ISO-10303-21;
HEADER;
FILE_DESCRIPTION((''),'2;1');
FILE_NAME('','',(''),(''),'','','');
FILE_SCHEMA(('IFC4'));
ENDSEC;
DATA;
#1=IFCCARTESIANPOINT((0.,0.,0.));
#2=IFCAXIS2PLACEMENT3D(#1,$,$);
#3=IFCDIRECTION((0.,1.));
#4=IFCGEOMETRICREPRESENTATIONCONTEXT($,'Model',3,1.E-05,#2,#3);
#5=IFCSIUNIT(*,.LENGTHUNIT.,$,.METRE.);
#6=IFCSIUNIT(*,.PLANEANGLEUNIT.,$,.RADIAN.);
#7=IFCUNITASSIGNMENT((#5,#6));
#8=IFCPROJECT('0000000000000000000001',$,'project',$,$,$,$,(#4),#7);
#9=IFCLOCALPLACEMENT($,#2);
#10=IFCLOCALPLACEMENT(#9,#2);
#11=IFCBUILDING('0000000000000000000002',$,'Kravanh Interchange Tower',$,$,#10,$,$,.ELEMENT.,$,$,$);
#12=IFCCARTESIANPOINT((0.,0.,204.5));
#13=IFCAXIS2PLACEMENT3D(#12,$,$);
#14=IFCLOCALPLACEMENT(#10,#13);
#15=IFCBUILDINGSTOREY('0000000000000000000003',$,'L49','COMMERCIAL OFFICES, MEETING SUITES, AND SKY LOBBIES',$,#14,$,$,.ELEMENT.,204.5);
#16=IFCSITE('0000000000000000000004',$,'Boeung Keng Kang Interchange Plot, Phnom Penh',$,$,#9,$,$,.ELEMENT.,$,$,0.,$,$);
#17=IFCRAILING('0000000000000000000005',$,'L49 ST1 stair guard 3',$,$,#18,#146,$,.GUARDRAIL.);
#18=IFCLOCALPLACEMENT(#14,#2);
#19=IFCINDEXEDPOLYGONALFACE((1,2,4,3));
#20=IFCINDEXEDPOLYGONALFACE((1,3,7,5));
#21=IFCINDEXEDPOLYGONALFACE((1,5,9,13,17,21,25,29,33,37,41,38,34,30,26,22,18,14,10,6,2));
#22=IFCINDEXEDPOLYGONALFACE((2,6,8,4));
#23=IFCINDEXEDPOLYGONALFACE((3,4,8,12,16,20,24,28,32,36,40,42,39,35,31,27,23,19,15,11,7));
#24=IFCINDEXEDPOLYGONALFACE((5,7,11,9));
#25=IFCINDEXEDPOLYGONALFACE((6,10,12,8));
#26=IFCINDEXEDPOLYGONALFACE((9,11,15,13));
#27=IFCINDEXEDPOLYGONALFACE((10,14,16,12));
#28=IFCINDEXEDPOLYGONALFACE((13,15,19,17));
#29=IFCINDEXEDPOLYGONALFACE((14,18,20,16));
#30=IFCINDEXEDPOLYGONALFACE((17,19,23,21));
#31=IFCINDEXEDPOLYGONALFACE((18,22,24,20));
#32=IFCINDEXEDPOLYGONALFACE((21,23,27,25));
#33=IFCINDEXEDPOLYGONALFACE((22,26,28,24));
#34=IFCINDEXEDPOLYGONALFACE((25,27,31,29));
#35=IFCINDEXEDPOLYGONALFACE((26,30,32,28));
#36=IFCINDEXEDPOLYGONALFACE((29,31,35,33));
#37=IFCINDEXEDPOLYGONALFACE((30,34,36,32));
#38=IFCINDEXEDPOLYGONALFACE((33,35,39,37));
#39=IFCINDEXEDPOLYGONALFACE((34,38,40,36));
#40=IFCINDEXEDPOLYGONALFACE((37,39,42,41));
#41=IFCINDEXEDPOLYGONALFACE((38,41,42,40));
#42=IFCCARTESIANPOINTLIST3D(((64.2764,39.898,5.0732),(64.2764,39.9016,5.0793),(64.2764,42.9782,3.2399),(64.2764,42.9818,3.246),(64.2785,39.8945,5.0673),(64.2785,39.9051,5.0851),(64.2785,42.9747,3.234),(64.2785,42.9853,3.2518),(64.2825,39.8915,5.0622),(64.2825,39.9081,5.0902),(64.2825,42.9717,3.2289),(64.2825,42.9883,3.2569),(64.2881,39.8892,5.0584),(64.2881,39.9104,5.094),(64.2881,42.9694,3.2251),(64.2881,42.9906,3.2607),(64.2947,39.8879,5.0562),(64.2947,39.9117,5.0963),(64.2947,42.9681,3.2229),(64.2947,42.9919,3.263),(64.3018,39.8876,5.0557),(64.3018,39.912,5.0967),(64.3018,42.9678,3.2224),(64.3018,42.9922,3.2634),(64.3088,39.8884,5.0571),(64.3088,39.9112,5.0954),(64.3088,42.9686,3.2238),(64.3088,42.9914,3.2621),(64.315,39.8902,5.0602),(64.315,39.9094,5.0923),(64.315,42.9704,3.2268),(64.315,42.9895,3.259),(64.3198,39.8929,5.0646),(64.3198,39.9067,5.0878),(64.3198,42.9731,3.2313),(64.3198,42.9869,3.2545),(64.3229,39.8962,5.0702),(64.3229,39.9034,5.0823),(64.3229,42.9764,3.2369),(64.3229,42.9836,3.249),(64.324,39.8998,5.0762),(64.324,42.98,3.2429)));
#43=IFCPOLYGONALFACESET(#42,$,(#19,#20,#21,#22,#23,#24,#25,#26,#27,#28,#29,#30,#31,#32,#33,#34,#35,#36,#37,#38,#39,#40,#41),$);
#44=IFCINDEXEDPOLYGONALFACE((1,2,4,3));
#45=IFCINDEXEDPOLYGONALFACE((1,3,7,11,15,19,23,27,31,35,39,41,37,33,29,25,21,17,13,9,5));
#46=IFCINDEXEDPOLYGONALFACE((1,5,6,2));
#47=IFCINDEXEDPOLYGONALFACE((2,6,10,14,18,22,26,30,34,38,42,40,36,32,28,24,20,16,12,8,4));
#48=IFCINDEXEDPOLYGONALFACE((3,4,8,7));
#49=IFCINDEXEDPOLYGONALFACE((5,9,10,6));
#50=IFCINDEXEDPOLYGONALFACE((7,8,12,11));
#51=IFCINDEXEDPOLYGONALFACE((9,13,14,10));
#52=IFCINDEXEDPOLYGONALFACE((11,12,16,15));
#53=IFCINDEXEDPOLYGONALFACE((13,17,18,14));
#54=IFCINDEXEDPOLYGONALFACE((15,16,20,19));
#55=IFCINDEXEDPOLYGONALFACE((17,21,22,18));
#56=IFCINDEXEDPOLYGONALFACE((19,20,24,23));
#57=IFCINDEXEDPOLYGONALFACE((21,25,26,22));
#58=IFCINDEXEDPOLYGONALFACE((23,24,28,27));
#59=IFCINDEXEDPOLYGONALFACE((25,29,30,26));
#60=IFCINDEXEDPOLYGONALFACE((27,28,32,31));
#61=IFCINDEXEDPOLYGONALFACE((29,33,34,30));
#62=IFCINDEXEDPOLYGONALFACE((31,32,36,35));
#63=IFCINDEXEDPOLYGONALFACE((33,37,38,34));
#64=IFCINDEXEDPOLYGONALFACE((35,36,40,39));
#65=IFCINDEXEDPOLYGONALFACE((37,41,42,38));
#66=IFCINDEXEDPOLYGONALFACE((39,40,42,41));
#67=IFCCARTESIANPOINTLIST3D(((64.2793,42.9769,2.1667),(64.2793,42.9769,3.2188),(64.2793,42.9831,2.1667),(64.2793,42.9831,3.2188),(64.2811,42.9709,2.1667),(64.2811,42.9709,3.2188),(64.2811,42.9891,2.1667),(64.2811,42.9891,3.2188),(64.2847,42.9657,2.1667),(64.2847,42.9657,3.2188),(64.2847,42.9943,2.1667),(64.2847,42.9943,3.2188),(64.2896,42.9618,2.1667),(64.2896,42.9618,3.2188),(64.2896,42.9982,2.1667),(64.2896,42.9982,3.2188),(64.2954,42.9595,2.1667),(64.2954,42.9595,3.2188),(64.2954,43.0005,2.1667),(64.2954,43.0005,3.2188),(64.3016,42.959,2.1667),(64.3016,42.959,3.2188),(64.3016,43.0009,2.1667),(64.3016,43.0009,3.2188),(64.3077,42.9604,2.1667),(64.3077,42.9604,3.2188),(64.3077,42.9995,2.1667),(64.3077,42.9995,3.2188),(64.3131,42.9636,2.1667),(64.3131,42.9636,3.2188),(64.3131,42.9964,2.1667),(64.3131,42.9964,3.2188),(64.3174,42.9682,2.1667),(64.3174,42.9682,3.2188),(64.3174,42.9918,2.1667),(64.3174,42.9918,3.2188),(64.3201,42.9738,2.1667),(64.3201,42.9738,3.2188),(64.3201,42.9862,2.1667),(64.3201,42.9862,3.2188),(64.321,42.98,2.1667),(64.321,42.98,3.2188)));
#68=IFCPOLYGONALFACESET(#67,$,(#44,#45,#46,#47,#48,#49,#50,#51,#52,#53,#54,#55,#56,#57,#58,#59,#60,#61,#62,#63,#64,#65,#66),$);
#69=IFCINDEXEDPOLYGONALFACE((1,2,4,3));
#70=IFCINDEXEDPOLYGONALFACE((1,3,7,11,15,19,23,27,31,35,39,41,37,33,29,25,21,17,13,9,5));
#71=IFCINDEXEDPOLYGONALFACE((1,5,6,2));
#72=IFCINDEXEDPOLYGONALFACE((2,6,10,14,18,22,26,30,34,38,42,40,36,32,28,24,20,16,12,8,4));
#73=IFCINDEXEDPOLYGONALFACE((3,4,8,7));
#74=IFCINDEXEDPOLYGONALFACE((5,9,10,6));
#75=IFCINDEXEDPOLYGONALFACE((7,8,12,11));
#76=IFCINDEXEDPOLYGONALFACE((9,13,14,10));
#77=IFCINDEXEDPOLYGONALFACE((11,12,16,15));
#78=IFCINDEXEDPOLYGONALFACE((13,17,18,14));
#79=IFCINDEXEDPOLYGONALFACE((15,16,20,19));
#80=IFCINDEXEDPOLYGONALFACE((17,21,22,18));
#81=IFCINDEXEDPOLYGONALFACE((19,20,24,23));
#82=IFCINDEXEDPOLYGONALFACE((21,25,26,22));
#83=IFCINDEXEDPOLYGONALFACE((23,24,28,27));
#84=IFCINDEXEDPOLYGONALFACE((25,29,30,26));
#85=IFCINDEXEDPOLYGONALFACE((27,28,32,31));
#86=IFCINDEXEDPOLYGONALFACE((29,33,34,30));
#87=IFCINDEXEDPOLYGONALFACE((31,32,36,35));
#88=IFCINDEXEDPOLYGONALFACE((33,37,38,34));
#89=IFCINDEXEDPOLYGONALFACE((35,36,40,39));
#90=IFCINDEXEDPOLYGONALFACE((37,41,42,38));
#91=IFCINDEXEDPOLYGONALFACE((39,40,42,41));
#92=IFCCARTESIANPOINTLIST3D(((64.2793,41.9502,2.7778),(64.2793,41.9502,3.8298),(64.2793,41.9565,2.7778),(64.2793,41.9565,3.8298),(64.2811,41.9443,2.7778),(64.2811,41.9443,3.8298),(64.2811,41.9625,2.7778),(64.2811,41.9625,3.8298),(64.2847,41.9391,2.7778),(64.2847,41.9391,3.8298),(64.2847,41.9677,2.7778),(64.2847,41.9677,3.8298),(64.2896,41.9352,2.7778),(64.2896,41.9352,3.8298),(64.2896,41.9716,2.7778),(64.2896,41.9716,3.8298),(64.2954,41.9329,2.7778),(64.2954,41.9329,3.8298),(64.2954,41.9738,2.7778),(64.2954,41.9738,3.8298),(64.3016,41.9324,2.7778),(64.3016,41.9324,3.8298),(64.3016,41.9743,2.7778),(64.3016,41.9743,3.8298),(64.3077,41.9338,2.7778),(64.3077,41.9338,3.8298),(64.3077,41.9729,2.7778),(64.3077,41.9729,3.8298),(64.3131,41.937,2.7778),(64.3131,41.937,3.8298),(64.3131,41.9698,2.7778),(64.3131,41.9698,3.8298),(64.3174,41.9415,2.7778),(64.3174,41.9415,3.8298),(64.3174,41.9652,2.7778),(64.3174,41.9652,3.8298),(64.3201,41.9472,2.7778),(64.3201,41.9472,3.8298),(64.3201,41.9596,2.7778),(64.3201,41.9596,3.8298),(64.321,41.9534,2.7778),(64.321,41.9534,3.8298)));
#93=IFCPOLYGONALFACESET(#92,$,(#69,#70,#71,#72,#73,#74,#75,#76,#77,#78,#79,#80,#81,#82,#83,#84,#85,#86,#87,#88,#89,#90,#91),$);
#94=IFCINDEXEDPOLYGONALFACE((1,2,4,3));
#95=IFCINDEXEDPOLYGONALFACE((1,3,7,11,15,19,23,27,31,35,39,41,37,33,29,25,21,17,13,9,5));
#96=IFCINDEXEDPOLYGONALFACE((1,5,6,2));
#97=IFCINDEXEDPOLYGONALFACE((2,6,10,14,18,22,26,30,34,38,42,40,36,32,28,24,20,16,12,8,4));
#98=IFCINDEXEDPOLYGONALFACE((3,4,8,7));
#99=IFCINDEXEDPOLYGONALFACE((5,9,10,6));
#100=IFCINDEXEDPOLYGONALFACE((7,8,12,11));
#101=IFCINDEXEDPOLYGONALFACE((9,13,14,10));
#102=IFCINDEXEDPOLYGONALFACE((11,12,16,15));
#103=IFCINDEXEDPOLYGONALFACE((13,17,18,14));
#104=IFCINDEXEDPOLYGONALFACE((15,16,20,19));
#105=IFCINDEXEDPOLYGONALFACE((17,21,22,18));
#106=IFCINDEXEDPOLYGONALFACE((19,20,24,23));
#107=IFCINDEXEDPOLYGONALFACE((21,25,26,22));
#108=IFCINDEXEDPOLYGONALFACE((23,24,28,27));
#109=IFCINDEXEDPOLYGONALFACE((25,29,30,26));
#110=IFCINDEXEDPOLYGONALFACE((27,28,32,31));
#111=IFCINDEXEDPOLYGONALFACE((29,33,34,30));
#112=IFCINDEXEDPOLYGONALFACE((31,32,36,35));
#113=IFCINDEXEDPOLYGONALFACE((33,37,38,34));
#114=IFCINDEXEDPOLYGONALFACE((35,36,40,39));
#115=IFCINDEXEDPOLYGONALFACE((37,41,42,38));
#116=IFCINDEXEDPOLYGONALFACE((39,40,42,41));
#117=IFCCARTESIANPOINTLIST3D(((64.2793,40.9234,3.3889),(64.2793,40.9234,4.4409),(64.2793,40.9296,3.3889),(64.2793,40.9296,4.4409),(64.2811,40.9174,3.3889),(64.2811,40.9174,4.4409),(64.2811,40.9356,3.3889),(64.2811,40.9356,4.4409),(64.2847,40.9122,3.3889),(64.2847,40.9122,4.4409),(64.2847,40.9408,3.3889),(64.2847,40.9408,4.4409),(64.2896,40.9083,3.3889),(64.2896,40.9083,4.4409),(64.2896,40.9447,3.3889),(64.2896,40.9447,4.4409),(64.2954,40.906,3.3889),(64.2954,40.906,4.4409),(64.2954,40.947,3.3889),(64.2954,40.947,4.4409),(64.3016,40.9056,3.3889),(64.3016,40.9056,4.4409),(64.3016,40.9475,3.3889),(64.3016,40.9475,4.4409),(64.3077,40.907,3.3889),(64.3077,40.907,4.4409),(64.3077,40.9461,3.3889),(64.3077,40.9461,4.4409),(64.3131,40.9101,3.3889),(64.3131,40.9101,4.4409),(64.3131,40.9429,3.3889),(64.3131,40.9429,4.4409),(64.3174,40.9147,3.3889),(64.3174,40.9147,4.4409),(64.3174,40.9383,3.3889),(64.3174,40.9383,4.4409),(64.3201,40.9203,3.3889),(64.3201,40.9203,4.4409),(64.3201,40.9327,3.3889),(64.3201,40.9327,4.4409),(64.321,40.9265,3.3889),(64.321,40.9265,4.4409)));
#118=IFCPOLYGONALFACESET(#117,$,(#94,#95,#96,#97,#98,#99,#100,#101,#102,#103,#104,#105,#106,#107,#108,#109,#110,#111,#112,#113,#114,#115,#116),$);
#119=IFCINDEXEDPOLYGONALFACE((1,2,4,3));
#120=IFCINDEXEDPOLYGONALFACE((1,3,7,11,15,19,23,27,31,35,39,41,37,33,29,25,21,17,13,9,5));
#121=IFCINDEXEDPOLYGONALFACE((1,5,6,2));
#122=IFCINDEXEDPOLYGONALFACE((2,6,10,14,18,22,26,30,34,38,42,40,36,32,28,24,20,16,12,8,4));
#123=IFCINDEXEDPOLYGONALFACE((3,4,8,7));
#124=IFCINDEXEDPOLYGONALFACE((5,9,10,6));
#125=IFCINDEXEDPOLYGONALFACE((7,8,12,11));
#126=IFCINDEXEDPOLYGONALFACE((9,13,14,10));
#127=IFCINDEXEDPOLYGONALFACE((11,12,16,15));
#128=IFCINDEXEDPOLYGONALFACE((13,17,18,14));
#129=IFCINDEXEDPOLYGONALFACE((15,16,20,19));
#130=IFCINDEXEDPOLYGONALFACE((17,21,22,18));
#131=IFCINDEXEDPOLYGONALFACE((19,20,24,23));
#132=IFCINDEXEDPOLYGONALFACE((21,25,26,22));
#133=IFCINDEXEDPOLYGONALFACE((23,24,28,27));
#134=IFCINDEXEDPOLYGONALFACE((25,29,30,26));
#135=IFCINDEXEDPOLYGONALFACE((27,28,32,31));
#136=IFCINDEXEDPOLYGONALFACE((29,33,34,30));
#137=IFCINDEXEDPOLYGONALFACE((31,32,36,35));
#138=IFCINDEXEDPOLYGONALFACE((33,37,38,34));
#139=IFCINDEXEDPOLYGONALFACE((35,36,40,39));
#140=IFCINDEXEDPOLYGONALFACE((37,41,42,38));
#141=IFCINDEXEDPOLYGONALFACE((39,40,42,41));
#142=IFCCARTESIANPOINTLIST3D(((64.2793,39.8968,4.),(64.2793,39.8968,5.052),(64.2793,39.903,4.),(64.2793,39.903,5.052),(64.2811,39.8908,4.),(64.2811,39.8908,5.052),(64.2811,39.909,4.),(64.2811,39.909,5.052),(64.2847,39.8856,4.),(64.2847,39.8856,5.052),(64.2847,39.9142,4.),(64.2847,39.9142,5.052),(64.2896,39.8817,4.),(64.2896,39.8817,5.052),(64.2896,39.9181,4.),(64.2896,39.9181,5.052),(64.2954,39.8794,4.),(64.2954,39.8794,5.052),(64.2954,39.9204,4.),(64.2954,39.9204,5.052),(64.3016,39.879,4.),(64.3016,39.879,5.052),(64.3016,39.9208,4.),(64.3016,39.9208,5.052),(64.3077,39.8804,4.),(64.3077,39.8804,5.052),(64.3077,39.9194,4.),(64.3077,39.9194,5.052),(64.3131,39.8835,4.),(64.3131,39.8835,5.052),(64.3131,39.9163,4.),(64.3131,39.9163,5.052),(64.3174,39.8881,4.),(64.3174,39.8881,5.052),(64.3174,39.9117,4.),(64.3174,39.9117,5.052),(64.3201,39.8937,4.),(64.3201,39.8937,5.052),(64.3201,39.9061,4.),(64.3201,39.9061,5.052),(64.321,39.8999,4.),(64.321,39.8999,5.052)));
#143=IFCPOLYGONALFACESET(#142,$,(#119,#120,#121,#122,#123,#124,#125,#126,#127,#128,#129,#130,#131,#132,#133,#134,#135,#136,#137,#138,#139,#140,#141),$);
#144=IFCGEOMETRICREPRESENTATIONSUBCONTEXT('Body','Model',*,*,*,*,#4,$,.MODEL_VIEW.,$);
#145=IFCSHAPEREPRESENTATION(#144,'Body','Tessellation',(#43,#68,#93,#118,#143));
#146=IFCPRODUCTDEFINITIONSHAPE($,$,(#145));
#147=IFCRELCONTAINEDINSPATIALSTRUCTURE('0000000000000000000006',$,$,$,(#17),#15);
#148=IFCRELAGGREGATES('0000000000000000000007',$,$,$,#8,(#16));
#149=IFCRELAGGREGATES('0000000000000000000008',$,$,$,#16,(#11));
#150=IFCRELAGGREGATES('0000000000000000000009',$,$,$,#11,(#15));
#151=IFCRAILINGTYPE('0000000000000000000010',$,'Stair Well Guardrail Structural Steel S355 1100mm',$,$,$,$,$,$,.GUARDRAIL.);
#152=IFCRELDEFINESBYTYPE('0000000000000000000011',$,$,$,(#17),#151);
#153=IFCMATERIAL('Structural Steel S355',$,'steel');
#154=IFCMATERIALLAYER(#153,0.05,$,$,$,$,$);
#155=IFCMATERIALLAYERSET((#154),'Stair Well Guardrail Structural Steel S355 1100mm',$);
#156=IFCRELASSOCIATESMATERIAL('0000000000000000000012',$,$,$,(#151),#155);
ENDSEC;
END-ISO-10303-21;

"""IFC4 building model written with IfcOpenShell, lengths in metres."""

from ifc_helpers import new_model, si_unit, direction, frame, origin, origin_2d, place, context, subcontext, project, spatial, circle, extrude, material, layer, layer_set, type_object, element, save


model = new_model("IFC4")

# Units and contexts
model_context = context("Model", 3, precision=1e-05, world=origin(), true_north=direction((0.0, 1.0)))
body_context = subcontext(model_context, "Body", "Model", "MODEL_VIEW")
ifc_project = project(units=[si_unit("LENGTHUNIT", "METRE"), si_unit("PLANEANGLEUNIT", "RADIAN")], contexts=[model_context])

# Site, building, storey
site_placement = place(None, origin())
site = spatial("IfcSite", under=ifc_project, at=site_placement, Name="Boeung Keng Kang Interchange Plot, Phnom Penh", CompositionType="ELEMENT", RefElevation=0.0)
building_placement = place(site_placement, origin())
building = spatial("IfcBuilding", under=site, at=building_placement, Name="Kravanh Interchange Tower", CompositionType="ELEMENT")
storey_placement = place(building_placement, frame((0.0, 0.0, 204.5)))
storey = spatial("IfcBuildingStorey", under=building, at=storey_placement, Name="L49", Description="COMMERCIAL OFFICES, MEETING SUITES, AND SKY LOBBIES", CompositionType="ELEMENT", Elevation=204.5)

# Railing
ifc_material_1 = material(Name="Structural Steel S355", Category="steel")
ifc_layer_1 = layer(ifc_material_1, 0.05)
ifc_layer_set_1 = layer_set([ifc_layer_1], Name="Stair Well Guardrail Structural Steel S355 1100mm")
railing_type_1 = type_object("IfcRailingType", Name="Stair Well Guardrail Structural Steel S355 1100mm", PredefinedType="GUARDRAIL", material=ifc_layer_set_1)
railing_1_placement = place(storey_placement, frame((64.3, 42.98, 2.1667)))
element("IfcRailing", 1, at=railing_1_placement, inside=storey, type_object=railing_type_1, Name="L49 ST1 stair guard 3", PredefinedType="GUARDRAIL", context=body_context, shape_type="SweptSolid", body=[
    extrude(circle(Radius=0.0239, at=origin_2d()), frame((0.0, 0.0, 1.0762), z_axis=(0.0, -0.859309, 0.511458), x_axis=(1.0, 0.0, 0.0)), (0.0, 0.0, 1.0), 3.5845),
    extrude(circle(Radius=0.021, at=origin_2d()), origin(), (0.0, 0.0, 1.0), 1.052),
    extrude(circle(Radius=0.021, at=origin_2d()), frame((0.0, -1.0266, 0.6111)), (0.0, 0.0, 1.0), 1.052),
    extrude(circle(Radius=0.021, at=origin_2d()), frame((0.0, -2.0535, 1.2222)), (0.0, 0.0, 1.0), 1.052),
    extrude(circle(Radius=0.021, at=origin_2d()), frame((0.0, -3.0801, 1.8333)), (0.0, 0.0, 1.0), 1.052),
])

save(model, "model.ifc")
